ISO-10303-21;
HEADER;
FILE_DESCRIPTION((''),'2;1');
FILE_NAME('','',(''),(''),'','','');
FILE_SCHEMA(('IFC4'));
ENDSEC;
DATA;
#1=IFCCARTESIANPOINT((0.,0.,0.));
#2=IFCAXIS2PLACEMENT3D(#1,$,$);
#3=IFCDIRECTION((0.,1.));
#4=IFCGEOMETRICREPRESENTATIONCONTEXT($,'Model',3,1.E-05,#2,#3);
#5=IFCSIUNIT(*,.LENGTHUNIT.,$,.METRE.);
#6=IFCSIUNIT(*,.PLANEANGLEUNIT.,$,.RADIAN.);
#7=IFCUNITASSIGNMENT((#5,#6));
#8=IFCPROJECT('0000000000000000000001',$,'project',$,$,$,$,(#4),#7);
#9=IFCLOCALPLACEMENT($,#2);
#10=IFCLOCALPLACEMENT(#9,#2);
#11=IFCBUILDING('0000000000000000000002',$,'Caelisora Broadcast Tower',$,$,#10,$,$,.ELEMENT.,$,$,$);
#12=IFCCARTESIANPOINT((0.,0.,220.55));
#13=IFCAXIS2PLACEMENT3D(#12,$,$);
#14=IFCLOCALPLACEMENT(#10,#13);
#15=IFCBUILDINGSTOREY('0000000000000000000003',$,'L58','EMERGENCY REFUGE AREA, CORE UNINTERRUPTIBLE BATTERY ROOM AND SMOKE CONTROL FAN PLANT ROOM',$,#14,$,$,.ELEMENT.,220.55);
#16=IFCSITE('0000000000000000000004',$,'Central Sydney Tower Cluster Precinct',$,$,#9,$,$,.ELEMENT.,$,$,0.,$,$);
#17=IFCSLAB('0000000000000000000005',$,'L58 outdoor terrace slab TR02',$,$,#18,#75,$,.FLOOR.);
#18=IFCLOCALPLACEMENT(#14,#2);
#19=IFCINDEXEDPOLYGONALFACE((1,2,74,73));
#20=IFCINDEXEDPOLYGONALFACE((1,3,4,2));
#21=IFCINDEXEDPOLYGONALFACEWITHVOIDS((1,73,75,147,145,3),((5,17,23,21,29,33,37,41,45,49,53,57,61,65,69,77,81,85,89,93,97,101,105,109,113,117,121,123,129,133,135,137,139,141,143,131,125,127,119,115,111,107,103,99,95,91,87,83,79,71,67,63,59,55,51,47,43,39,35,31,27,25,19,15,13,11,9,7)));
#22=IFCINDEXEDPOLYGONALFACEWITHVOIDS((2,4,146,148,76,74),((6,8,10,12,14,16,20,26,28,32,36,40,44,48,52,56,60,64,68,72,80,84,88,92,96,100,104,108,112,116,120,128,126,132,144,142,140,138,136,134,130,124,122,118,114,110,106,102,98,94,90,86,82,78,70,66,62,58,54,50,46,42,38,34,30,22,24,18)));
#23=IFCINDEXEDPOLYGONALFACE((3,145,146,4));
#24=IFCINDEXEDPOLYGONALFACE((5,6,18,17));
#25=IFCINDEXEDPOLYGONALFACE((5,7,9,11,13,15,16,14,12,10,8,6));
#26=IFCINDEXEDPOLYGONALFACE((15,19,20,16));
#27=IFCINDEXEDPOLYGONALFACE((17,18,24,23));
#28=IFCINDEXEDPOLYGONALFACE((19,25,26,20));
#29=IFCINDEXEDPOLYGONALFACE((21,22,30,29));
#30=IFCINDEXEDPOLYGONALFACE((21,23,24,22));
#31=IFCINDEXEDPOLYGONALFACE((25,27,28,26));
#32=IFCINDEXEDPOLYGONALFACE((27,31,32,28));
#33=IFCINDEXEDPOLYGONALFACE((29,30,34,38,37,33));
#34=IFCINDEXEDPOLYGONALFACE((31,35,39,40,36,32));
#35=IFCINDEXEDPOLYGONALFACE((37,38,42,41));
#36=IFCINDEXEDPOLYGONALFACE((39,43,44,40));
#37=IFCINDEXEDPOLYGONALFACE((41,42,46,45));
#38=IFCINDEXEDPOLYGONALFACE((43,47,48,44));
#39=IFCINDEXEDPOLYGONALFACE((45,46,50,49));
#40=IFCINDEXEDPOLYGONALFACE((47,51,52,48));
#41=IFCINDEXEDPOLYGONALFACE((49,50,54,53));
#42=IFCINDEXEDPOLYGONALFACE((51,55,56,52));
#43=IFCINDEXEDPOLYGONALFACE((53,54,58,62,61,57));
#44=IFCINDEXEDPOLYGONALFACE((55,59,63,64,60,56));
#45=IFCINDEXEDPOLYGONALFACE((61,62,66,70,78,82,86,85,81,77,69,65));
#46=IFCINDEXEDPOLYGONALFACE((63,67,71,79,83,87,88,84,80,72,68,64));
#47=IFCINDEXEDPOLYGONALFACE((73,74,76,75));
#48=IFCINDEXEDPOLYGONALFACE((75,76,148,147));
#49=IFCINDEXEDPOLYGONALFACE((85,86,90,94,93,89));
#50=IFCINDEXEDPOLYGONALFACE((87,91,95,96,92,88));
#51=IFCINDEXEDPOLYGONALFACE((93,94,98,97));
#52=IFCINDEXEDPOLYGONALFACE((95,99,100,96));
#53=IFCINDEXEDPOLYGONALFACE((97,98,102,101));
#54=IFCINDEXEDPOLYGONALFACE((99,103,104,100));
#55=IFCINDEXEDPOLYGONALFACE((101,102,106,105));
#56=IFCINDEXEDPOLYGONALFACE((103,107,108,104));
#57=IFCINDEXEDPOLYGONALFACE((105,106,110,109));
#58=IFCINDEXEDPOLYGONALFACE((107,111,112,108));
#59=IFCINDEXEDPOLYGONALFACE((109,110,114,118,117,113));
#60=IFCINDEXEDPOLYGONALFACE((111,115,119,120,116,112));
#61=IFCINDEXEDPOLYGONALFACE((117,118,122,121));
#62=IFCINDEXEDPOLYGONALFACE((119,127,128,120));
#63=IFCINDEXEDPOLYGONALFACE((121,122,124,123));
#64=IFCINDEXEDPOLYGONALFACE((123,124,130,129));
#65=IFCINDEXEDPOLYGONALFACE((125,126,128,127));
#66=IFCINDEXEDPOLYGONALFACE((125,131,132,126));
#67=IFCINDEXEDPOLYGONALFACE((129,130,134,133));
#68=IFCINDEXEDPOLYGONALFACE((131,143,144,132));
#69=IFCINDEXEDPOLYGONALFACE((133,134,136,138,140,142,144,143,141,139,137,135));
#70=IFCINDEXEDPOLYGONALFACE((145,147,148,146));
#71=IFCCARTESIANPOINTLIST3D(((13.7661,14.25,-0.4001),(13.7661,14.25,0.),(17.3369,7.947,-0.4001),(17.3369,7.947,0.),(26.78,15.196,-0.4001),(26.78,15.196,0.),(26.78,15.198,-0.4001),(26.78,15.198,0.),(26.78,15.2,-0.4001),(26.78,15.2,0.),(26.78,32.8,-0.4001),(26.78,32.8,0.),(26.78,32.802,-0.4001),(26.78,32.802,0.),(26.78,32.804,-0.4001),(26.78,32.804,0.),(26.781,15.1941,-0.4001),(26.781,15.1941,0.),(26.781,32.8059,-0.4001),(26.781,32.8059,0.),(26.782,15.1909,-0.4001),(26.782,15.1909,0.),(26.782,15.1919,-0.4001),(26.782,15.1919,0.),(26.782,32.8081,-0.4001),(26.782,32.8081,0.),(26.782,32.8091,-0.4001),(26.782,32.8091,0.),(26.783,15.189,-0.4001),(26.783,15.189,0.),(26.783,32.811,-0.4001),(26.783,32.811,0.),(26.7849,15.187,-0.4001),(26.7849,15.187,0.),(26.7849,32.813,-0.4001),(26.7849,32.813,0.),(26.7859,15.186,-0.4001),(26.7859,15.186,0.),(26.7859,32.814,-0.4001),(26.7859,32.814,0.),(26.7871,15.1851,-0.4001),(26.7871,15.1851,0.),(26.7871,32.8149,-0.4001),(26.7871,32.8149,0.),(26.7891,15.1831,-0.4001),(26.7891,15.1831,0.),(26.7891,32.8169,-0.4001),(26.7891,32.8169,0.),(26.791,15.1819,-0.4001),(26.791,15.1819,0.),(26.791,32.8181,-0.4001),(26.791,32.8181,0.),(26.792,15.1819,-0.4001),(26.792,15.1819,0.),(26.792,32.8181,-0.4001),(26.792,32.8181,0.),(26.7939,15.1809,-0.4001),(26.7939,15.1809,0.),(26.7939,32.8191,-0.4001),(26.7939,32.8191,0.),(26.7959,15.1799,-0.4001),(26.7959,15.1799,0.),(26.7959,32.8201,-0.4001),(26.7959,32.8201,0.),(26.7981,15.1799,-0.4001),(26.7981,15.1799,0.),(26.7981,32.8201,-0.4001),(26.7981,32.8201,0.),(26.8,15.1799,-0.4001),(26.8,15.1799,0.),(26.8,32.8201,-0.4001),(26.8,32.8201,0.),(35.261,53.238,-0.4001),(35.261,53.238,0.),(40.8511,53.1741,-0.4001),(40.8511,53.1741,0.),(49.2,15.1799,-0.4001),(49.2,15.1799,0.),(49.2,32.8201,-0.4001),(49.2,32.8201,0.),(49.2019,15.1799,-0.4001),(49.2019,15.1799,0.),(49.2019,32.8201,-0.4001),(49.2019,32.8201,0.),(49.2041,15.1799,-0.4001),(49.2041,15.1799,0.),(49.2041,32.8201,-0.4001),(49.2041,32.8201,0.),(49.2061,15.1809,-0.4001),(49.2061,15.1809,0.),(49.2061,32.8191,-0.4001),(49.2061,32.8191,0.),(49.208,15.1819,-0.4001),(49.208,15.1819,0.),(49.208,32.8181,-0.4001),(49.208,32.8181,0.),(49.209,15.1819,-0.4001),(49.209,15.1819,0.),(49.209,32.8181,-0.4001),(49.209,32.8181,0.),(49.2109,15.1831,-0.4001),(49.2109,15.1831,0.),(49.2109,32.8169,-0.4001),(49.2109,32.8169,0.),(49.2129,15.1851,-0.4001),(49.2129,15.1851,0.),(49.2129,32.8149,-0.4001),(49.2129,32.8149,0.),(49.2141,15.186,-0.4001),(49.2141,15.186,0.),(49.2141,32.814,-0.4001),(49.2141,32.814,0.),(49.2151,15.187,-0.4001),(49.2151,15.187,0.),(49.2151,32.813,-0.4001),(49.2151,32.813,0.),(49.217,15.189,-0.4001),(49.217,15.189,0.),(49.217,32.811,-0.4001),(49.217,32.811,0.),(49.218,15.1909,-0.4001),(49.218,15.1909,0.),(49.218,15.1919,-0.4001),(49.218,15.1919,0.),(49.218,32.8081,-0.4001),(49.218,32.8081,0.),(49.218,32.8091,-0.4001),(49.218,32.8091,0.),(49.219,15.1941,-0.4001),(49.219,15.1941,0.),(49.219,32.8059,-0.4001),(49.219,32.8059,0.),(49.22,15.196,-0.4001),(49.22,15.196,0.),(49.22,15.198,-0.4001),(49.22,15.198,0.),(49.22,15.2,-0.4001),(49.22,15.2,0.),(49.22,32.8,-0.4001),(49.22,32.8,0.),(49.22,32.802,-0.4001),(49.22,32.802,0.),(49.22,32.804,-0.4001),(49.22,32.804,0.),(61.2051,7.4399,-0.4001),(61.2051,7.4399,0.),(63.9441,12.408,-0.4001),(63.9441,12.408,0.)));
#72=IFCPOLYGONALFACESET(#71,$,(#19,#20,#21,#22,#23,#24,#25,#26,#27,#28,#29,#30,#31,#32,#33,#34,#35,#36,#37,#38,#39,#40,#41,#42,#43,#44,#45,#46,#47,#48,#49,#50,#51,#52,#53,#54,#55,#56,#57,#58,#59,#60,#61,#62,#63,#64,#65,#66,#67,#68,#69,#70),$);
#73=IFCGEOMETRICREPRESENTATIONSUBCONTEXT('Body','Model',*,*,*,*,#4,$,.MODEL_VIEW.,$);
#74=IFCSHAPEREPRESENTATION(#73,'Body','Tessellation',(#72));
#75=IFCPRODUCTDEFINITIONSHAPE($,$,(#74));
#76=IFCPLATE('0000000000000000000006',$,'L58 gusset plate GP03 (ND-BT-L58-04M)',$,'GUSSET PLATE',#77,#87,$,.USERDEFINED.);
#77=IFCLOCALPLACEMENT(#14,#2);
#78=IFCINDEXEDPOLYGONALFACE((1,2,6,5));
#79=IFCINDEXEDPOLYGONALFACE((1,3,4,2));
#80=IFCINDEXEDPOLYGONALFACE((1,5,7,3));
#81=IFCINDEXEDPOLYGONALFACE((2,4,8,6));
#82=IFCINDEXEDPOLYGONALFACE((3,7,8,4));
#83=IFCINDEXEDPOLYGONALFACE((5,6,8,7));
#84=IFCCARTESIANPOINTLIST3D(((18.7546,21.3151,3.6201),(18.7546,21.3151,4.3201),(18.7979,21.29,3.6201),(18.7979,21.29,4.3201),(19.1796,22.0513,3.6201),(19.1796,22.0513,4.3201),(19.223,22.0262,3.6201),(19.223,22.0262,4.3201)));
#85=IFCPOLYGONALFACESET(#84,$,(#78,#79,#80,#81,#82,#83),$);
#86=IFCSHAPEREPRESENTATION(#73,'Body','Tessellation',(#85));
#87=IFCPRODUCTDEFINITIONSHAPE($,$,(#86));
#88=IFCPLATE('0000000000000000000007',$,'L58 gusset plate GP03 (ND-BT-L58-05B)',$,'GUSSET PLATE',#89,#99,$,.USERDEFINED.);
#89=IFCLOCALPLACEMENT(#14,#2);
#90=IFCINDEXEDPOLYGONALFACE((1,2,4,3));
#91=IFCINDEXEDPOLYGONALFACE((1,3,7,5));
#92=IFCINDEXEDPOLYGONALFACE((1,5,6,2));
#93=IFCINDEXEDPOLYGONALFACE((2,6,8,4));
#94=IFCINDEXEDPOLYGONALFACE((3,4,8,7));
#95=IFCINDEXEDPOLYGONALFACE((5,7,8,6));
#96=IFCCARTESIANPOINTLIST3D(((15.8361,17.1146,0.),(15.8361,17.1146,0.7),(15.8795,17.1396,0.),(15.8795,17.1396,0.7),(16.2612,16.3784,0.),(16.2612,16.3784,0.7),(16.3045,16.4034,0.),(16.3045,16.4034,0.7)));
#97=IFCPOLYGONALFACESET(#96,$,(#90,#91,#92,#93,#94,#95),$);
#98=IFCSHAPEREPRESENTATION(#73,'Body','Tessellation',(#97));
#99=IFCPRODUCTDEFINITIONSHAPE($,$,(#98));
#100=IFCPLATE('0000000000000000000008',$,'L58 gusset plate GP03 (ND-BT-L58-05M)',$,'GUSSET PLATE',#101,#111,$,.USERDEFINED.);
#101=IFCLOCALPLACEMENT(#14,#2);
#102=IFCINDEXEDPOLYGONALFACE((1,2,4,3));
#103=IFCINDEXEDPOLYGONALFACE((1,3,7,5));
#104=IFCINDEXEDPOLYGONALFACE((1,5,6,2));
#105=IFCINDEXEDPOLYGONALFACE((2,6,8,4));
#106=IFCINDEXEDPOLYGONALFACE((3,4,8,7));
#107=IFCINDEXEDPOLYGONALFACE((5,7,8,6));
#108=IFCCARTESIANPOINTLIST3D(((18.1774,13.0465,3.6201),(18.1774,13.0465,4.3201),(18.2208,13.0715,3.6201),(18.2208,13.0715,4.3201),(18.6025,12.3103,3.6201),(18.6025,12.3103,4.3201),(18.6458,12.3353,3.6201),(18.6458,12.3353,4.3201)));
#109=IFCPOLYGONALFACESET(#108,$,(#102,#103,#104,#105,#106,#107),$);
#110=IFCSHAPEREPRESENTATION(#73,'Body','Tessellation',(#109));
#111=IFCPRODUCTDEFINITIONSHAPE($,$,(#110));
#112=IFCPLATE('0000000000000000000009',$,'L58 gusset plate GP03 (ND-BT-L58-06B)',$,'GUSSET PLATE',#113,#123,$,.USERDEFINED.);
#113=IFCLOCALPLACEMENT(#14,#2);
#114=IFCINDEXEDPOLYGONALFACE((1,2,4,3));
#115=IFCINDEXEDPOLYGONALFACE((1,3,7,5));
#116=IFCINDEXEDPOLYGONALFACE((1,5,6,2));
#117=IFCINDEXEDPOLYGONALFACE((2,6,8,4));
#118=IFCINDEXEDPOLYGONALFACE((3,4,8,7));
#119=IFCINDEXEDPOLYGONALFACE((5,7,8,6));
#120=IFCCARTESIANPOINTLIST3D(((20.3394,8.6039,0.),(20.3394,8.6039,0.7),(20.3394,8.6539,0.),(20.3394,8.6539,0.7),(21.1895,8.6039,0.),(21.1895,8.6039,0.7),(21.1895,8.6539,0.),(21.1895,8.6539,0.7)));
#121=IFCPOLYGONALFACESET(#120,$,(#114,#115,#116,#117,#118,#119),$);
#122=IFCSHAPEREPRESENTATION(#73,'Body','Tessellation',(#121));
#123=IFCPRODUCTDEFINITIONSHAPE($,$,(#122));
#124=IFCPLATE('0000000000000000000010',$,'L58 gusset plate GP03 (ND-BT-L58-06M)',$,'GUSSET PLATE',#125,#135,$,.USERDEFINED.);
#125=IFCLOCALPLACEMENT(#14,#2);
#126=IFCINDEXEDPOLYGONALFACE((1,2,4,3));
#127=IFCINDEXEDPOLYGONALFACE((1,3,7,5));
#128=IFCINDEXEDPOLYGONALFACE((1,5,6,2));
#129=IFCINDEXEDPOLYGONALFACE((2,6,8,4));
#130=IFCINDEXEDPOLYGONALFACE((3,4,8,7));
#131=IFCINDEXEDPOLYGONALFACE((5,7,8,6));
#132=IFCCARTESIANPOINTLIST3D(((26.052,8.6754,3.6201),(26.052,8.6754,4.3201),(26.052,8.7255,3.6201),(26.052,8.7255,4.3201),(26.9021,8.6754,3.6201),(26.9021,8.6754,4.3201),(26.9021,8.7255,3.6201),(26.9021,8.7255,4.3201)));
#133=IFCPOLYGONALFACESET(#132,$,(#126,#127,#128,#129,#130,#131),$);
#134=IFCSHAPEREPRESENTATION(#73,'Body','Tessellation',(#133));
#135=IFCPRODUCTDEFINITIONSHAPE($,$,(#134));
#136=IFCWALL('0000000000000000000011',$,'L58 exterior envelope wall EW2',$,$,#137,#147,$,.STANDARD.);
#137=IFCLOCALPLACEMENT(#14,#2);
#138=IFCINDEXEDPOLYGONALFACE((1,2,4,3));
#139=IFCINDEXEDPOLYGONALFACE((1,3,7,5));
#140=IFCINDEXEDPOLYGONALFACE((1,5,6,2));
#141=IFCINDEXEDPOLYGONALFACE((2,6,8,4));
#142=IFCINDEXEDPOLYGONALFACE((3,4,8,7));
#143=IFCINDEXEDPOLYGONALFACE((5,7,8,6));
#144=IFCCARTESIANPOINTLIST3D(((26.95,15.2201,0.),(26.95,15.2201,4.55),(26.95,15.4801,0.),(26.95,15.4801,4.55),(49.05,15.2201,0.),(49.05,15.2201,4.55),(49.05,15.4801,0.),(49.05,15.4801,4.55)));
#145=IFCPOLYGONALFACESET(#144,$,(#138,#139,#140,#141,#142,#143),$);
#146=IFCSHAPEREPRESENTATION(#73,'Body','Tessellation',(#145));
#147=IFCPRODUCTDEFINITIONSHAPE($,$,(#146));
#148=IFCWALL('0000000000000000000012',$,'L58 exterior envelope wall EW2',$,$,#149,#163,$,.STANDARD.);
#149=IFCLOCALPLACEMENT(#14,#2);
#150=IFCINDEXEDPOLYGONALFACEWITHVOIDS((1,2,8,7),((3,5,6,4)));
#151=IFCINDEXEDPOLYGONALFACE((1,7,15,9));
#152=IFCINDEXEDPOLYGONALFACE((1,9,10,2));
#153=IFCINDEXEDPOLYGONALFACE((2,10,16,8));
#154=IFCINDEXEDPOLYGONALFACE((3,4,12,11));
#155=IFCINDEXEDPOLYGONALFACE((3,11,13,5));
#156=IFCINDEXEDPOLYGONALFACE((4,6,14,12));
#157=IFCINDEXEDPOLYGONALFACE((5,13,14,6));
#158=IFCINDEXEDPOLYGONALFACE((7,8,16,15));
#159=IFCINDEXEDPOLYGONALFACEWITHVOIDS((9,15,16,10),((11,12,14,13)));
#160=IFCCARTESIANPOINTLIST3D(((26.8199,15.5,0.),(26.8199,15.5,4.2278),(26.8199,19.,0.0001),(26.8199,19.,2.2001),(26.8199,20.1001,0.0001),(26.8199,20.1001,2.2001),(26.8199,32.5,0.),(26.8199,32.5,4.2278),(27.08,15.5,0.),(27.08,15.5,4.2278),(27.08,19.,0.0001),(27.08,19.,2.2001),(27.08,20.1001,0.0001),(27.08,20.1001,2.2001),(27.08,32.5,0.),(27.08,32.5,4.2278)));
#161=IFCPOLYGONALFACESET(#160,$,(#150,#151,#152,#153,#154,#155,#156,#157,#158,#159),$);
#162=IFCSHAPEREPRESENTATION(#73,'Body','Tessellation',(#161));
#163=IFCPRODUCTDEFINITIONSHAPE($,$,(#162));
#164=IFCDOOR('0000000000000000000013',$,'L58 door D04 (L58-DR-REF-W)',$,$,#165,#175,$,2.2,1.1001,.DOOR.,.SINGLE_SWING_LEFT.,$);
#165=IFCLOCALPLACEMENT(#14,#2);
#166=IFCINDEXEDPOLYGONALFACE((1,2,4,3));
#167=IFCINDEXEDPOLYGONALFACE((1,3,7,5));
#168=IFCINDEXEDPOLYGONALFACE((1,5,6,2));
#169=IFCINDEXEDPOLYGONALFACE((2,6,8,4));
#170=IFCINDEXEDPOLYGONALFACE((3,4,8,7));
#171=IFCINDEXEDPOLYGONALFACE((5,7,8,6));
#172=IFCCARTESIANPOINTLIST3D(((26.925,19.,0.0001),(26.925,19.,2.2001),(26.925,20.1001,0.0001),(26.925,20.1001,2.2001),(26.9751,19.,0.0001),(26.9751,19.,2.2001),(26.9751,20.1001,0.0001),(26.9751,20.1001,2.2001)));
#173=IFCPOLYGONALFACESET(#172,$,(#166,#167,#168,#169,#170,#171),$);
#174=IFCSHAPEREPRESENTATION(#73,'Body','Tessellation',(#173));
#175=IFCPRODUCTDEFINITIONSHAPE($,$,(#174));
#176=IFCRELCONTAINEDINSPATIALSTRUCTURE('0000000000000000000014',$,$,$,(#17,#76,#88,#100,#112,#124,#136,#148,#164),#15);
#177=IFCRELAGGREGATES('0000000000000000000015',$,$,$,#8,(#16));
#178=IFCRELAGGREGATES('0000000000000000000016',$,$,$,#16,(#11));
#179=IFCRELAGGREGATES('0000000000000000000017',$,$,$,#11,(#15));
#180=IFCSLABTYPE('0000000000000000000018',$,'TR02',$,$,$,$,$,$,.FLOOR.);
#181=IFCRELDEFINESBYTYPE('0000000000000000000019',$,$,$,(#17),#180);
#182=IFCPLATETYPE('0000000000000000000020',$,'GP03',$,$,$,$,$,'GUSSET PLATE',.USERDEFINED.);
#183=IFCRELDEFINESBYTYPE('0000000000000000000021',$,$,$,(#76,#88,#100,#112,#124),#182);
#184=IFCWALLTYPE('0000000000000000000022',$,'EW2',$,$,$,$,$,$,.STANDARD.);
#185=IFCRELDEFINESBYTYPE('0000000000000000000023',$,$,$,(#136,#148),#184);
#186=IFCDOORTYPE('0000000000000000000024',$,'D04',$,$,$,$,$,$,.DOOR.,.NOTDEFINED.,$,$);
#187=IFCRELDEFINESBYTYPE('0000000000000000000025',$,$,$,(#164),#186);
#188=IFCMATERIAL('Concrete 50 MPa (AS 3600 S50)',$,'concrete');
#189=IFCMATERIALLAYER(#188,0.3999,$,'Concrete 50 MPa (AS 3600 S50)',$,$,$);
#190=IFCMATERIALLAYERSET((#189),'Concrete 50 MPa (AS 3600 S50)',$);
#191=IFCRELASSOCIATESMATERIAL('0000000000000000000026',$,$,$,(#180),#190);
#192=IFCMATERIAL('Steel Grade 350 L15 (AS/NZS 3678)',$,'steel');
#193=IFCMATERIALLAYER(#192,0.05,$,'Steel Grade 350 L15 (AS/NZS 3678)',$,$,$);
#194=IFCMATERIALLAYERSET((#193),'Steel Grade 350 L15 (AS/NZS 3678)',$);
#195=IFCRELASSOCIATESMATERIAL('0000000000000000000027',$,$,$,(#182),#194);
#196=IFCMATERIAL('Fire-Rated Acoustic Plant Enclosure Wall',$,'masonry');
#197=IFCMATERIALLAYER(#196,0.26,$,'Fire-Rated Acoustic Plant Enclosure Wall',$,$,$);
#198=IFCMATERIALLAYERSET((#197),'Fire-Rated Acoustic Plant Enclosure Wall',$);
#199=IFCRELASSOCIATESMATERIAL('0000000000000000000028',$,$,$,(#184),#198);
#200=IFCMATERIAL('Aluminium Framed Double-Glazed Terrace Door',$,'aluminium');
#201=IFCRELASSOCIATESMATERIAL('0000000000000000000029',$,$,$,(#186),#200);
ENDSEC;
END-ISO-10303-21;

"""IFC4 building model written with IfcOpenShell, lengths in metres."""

from ifc_helpers import new_model, si_unit, direction, frame, frame_2d, origin, origin_2d, place, context, subcontext, project, spatial, polyline, rectangle, outline, extrude, source, transform, mapped, material, layer, layer_set, type_object, type_shapes, element, fill, save


model = new_model("IFC4")

# Units and contexts
model_context = context("Model", 3, precision=1e-05, world=origin(), true_north=direction((0.0, 1.0)))
body_context = subcontext(model_context, "Body", "Model", "MODEL_VIEW")
ifc_project = project(units=[si_unit("LENGTHUNIT", "METRE"), si_unit("PLANEANGLEUNIT", "RADIAN")], contexts=[model_context])

# Site, building, storey
site_placement = place(None, origin())
site = spatial("IfcSite", under=ifc_project, at=site_placement, Name="Central Sydney Tower Cluster Precinct", CompositionType="ELEMENT", RefElevation=0.0)
building_placement = place(site_placement, origin())
building = spatial("IfcBuilding", under=site, at=building_placement, Name="Caelisora Broadcast Tower", CompositionType="ELEMENT")
storey_placement = place(building_placement, frame((0.0, 0.0, 220.55)))
storey = spatial("IfcBuildingStorey", under=building, at=storey_placement, Name="L58", Description="EMERGENCY REFUGE AREA, CORE UNINTERRUPTIBLE BATTERY ROOM AND SMOKE CONTROL FAN PLANT ROOM", CompositionType="ELEMENT", Elevation=220.55)

# Shared definitions
ifc_material_1 = material(Name="Steel Grade 350 L15 (AS/NZS 3678)", Category="steel")

# Shared definitions
ifc_material_2 = material(Name="Concrete 50 MPa (AS 3600 S50)", Category="concrete")

# Slab
ifc_layer_1 = layer(ifc_material_2, 0.3999, Name="Concrete 50 MPa (AS 3600 S50)")
ifc_layer_set_1 = layer_set([ifc_layer_1], Name="Concrete 50 MPa (AS 3600 S50)")
slab_type_1 = type_object("IfcSlabType", Name="TR02", PredefinedType="FLOOR", material=ifc_layer_set_1)
slab_1_placement = place(storey_placement, frame((0.0, 0.0, -0.4001)))
element("IfcSlab", 1, at=slab_1_placement, inside=storey, type_object=slab_type_1, Name="L58 outdoor terrace slab TR02", PredefinedType="FLOOR", context=body_context, shape_type="SweptSolid", body=[
    extrude(outline(polyline([(63.9441, 12.408), (61.2051, 7.4399), (17.3369, 7.947), (13.7661, 14.25), (35.261, 53.238), (40.8511, 53.1741), (63.9441, 12.408)]), holes=[polyline([(49.2, 15.1799), (49.2019, 15.1799), (49.2041, 15.1799), (49.2061, 15.1809), (49.208, 15.1819), (49.209, 15.1819), (49.2109, 15.1831), (49.2129, 15.1851), (49.2141, 15.186), (49.2151, 15.187), (49.217, 15.189), (49.218, 15.1909), (49.218, 15.1919), (49.219, 15.1941), (49.22, 15.196), (49.22, 15.198), (49.22, 15.2), (49.22, 32.8), (49.22, 32.802), (49.22, 32.804), (49.219, 32.8059), (49.218, 32.8081), (49.218, 32.8091), (49.217, 32.811), (49.2151, 32.813), (49.2141, 32.814), (49.2129, 32.8149), (49.2109, 32.8169), (49.209, 32.8181), (49.208, 32.8181), (49.2061, 32.8191), (49.2041, 32.8201), (49.2019, 32.8201), (49.2, 32.8201), (26.8, 32.8201), (26.7981, 32.8201), (26.7959, 32.8201), (26.7939, 32.8191), (26.792, 32.8181), (26.791, 32.8181), (26.7891, 32.8169), (26.7871, 32.8149), (26.7859, 32.814), (26.7849, 32.813), (26.783, 32.811), (26.782, 32.8091), (26.782, 32.8081), (26.781, 32.8059), (26.78, 32.804), (26.78, 32.802), (26.78, 32.8), (26.78, 15.2), (26.78, 15.198), (26.78, 15.196), (26.781, 15.1941), (26.782, 15.1919), (26.782, 15.1909), (26.783, 15.189), (26.7849, 15.187), (26.7859, 15.186), (26.7871, 15.1851), (26.7891, 15.1831), (26.791, 15.1819), (26.792, 15.1819), (26.7939, 15.1809), (26.7959, 15.1799), (26.7981, 15.1799), (26.8, 15.1799), (49.2, 15.1799)])]), origin(), (0.0, 0.0, 1.0), 0.4001),
])

# Plates
ifc_layer_2 = layer(ifc_material_1, 0.05, Name="Steel Grade 350 L15 (AS/NZS 3678)")
ifc_layer_set_2 = layer_set([ifc_layer_2], Name="Steel Grade 350 L15 (AS/NZS 3678)")
plate_type = type_object("IfcPlateType", Name="GP03", ElementType="GUSSET PLATE", PredefinedType="USERDEFINED", material=ifc_layer_set_2)
shared_shape_1 = source(origin(), body_context, "Body", "SweptSolid", [
    extrude(rectangle(XDim=0.8501, YDim=0.05, at=origin_2d()), origin(), (0.0, 0.0, 1.0), 0.7),
])
type_shapes(plate_type, [shared_shape_1])
for number, where, z_axis, x_axis, name in (
    (2, (18.9888, 21.6707, 3.6201), (0.0, 0.0, 1.0), (-0.5, -0.866025, 0.0), "L58 gusset plate GP03 (ND-BT-L58-04M)"),
    (3, (16.0703, 16.759, 0.0), (0.0, 0.0, 1.0), (0.5, -0.866025, 0.0), "L58 gusset plate GP03 (ND-BT-L58-05B)"),
    (4, (18.4116, 12.6909, 3.6201), (0.0, 0.0, 1.0), (0.5, -0.866025, 0.0), "L58 gusset plate GP03 (ND-BT-L58-05M)"),
    (5, (20.7644, 8.6289, 0.0), (0.0, 0.0, 1.0), (1.0, 0.0, 0.0), "L58 gusset plate GP03 (ND-BT-L58-06B)"),
    (6, (26.4771, 8.7004, 3.6201), (0.0, 0.0, 1.0), (1.0, 0.0, 0.0), "L58 gusset plate GP03 (ND-BT-L58-06M)"),
):
    element("IfcPlate", number, at=place(storey_placement, frame(where, z_axis=z_axis, x_axis=x_axis)), inside=storey, type_object=plate_type, Name=name, ObjectType="GUSSET PLATE", PredefinedType="USERDEFINED", context=body_context, shape_type="MappedRepresentation", body=[
        mapped(shared_shape_1, transform((0.0, 0.0, 0.0), scale=1.0)),
    ])

# Wall
ifc_material_3 = material(Name="Fire-Rated Acoustic Plant Enclosure Wall", Category="masonry")
ifc_layer_3 = layer(ifc_material_3, 0.26, Name="Fire-Rated Acoustic Plant Enclosure Wall")
ifc_layer_set_3 = layer_set([ifc_layer_3], Name="Fire-Rated Acoustic Plant Enclosure Wall")
wall_type = type_object("IfcWallType", Name="EW2", PredefinedType="STANDARD", material=ifc_layer_set_3)
wall_1_placement = place(storey_placement, frame((26.95, 15.3501, 0.0), z_axis=(0.0, 0.0, 1.0), x_axis=(1.0, 0.0, 0.0)))
element("IfcWall", 7, at=wall_1_placement, inside=storey, type_object=wall_type, Name="L58 exterior envelope wall EW2", PredefinedType="STANDARD", context=body_context, shape_type="SweptSolid", body=[
    extrude(rectangle(XDim=22.1001, YDim=0.26, at=frame_2d((11.05, 0.0))), origin(), (0.0, 0.0, 1.0), 4.55),
])

# Wall, opening, door
wall_2_placement = place(storey_placement, frame((26.95, 15.5, 0.0), z_axis=(0.0, 0.0, 1.0), x_axis=(0.0, 1.0, 0.0)))
wall_2 = element("IfcWall", 8, at=wall_2_placement, inside=storey, type_object=wall_type, Name="L58 exterior envelope wall EW2", PredefinedType="STANDARD", context=body_context, shape_type="SweptSolid", body=[
    extrude(rectangle(XDim=17.0, YDim=0.26, at=frame_2d((8.5, 0.0))), origin(), (0.0, 0.0, 1.0), 4.2278),
])
opening_placement = place(wall_2_placement, frame((3.5, 0.0, 0.0)))
opening = element("IfcOpeningElement", 9, at=opening_placement, cuts=wall_2, PredefinedType="OPENING", context=body_context, shape_type="SweptSolid", body=[
    extrude(rectangle(XDim=1.1001, YDim=2.2, at=frame_2d((0.55, 1.1001))), frame((0.0, 0.1421, 0.0), z_axis=(0.0, -1.0, 0.0), x_axis=(1.0, 0.0, 0.0)), (0.0, 0.0, 1.0), 0.2839),
])
ifc_material_4 = material(Name="Aluminium Framed Double-Glazed Terrace Door", Category="aluminium")
door_type = type_object("IfcDoorType", Name="D04", OperationType="NOTDEFINED", PredefinedType="DOOR", material=ifc_material_4)
door_placement = place(opening_placement, origin())
door = element("IfcDoor", 10, at=door_placement, inside=storey, type_object=door_type, Name="L58 door D04 (L58-DR-REF-W)", OperationType="SINGLE_SWING_LEFT", OverallHeight=2.2, OverallWidth=1.1001, PredefinedType="DOOR", context=body_context, shape_type="SweptSolid", body=[
    extrude(rectangle(XDim=1.1001, YDim=2.2, at=frame_2d((0.55, 1.1001))), frame((0.0, 0.0249, 0.0), z_axis=(0.0, -1.0, 0.0), x_axis=(1.0, 0.0, 0.0)), (0.0, 0.0, 1.0), 0.05),
])
fill(opening, door)

save(model, "model.ifc")
